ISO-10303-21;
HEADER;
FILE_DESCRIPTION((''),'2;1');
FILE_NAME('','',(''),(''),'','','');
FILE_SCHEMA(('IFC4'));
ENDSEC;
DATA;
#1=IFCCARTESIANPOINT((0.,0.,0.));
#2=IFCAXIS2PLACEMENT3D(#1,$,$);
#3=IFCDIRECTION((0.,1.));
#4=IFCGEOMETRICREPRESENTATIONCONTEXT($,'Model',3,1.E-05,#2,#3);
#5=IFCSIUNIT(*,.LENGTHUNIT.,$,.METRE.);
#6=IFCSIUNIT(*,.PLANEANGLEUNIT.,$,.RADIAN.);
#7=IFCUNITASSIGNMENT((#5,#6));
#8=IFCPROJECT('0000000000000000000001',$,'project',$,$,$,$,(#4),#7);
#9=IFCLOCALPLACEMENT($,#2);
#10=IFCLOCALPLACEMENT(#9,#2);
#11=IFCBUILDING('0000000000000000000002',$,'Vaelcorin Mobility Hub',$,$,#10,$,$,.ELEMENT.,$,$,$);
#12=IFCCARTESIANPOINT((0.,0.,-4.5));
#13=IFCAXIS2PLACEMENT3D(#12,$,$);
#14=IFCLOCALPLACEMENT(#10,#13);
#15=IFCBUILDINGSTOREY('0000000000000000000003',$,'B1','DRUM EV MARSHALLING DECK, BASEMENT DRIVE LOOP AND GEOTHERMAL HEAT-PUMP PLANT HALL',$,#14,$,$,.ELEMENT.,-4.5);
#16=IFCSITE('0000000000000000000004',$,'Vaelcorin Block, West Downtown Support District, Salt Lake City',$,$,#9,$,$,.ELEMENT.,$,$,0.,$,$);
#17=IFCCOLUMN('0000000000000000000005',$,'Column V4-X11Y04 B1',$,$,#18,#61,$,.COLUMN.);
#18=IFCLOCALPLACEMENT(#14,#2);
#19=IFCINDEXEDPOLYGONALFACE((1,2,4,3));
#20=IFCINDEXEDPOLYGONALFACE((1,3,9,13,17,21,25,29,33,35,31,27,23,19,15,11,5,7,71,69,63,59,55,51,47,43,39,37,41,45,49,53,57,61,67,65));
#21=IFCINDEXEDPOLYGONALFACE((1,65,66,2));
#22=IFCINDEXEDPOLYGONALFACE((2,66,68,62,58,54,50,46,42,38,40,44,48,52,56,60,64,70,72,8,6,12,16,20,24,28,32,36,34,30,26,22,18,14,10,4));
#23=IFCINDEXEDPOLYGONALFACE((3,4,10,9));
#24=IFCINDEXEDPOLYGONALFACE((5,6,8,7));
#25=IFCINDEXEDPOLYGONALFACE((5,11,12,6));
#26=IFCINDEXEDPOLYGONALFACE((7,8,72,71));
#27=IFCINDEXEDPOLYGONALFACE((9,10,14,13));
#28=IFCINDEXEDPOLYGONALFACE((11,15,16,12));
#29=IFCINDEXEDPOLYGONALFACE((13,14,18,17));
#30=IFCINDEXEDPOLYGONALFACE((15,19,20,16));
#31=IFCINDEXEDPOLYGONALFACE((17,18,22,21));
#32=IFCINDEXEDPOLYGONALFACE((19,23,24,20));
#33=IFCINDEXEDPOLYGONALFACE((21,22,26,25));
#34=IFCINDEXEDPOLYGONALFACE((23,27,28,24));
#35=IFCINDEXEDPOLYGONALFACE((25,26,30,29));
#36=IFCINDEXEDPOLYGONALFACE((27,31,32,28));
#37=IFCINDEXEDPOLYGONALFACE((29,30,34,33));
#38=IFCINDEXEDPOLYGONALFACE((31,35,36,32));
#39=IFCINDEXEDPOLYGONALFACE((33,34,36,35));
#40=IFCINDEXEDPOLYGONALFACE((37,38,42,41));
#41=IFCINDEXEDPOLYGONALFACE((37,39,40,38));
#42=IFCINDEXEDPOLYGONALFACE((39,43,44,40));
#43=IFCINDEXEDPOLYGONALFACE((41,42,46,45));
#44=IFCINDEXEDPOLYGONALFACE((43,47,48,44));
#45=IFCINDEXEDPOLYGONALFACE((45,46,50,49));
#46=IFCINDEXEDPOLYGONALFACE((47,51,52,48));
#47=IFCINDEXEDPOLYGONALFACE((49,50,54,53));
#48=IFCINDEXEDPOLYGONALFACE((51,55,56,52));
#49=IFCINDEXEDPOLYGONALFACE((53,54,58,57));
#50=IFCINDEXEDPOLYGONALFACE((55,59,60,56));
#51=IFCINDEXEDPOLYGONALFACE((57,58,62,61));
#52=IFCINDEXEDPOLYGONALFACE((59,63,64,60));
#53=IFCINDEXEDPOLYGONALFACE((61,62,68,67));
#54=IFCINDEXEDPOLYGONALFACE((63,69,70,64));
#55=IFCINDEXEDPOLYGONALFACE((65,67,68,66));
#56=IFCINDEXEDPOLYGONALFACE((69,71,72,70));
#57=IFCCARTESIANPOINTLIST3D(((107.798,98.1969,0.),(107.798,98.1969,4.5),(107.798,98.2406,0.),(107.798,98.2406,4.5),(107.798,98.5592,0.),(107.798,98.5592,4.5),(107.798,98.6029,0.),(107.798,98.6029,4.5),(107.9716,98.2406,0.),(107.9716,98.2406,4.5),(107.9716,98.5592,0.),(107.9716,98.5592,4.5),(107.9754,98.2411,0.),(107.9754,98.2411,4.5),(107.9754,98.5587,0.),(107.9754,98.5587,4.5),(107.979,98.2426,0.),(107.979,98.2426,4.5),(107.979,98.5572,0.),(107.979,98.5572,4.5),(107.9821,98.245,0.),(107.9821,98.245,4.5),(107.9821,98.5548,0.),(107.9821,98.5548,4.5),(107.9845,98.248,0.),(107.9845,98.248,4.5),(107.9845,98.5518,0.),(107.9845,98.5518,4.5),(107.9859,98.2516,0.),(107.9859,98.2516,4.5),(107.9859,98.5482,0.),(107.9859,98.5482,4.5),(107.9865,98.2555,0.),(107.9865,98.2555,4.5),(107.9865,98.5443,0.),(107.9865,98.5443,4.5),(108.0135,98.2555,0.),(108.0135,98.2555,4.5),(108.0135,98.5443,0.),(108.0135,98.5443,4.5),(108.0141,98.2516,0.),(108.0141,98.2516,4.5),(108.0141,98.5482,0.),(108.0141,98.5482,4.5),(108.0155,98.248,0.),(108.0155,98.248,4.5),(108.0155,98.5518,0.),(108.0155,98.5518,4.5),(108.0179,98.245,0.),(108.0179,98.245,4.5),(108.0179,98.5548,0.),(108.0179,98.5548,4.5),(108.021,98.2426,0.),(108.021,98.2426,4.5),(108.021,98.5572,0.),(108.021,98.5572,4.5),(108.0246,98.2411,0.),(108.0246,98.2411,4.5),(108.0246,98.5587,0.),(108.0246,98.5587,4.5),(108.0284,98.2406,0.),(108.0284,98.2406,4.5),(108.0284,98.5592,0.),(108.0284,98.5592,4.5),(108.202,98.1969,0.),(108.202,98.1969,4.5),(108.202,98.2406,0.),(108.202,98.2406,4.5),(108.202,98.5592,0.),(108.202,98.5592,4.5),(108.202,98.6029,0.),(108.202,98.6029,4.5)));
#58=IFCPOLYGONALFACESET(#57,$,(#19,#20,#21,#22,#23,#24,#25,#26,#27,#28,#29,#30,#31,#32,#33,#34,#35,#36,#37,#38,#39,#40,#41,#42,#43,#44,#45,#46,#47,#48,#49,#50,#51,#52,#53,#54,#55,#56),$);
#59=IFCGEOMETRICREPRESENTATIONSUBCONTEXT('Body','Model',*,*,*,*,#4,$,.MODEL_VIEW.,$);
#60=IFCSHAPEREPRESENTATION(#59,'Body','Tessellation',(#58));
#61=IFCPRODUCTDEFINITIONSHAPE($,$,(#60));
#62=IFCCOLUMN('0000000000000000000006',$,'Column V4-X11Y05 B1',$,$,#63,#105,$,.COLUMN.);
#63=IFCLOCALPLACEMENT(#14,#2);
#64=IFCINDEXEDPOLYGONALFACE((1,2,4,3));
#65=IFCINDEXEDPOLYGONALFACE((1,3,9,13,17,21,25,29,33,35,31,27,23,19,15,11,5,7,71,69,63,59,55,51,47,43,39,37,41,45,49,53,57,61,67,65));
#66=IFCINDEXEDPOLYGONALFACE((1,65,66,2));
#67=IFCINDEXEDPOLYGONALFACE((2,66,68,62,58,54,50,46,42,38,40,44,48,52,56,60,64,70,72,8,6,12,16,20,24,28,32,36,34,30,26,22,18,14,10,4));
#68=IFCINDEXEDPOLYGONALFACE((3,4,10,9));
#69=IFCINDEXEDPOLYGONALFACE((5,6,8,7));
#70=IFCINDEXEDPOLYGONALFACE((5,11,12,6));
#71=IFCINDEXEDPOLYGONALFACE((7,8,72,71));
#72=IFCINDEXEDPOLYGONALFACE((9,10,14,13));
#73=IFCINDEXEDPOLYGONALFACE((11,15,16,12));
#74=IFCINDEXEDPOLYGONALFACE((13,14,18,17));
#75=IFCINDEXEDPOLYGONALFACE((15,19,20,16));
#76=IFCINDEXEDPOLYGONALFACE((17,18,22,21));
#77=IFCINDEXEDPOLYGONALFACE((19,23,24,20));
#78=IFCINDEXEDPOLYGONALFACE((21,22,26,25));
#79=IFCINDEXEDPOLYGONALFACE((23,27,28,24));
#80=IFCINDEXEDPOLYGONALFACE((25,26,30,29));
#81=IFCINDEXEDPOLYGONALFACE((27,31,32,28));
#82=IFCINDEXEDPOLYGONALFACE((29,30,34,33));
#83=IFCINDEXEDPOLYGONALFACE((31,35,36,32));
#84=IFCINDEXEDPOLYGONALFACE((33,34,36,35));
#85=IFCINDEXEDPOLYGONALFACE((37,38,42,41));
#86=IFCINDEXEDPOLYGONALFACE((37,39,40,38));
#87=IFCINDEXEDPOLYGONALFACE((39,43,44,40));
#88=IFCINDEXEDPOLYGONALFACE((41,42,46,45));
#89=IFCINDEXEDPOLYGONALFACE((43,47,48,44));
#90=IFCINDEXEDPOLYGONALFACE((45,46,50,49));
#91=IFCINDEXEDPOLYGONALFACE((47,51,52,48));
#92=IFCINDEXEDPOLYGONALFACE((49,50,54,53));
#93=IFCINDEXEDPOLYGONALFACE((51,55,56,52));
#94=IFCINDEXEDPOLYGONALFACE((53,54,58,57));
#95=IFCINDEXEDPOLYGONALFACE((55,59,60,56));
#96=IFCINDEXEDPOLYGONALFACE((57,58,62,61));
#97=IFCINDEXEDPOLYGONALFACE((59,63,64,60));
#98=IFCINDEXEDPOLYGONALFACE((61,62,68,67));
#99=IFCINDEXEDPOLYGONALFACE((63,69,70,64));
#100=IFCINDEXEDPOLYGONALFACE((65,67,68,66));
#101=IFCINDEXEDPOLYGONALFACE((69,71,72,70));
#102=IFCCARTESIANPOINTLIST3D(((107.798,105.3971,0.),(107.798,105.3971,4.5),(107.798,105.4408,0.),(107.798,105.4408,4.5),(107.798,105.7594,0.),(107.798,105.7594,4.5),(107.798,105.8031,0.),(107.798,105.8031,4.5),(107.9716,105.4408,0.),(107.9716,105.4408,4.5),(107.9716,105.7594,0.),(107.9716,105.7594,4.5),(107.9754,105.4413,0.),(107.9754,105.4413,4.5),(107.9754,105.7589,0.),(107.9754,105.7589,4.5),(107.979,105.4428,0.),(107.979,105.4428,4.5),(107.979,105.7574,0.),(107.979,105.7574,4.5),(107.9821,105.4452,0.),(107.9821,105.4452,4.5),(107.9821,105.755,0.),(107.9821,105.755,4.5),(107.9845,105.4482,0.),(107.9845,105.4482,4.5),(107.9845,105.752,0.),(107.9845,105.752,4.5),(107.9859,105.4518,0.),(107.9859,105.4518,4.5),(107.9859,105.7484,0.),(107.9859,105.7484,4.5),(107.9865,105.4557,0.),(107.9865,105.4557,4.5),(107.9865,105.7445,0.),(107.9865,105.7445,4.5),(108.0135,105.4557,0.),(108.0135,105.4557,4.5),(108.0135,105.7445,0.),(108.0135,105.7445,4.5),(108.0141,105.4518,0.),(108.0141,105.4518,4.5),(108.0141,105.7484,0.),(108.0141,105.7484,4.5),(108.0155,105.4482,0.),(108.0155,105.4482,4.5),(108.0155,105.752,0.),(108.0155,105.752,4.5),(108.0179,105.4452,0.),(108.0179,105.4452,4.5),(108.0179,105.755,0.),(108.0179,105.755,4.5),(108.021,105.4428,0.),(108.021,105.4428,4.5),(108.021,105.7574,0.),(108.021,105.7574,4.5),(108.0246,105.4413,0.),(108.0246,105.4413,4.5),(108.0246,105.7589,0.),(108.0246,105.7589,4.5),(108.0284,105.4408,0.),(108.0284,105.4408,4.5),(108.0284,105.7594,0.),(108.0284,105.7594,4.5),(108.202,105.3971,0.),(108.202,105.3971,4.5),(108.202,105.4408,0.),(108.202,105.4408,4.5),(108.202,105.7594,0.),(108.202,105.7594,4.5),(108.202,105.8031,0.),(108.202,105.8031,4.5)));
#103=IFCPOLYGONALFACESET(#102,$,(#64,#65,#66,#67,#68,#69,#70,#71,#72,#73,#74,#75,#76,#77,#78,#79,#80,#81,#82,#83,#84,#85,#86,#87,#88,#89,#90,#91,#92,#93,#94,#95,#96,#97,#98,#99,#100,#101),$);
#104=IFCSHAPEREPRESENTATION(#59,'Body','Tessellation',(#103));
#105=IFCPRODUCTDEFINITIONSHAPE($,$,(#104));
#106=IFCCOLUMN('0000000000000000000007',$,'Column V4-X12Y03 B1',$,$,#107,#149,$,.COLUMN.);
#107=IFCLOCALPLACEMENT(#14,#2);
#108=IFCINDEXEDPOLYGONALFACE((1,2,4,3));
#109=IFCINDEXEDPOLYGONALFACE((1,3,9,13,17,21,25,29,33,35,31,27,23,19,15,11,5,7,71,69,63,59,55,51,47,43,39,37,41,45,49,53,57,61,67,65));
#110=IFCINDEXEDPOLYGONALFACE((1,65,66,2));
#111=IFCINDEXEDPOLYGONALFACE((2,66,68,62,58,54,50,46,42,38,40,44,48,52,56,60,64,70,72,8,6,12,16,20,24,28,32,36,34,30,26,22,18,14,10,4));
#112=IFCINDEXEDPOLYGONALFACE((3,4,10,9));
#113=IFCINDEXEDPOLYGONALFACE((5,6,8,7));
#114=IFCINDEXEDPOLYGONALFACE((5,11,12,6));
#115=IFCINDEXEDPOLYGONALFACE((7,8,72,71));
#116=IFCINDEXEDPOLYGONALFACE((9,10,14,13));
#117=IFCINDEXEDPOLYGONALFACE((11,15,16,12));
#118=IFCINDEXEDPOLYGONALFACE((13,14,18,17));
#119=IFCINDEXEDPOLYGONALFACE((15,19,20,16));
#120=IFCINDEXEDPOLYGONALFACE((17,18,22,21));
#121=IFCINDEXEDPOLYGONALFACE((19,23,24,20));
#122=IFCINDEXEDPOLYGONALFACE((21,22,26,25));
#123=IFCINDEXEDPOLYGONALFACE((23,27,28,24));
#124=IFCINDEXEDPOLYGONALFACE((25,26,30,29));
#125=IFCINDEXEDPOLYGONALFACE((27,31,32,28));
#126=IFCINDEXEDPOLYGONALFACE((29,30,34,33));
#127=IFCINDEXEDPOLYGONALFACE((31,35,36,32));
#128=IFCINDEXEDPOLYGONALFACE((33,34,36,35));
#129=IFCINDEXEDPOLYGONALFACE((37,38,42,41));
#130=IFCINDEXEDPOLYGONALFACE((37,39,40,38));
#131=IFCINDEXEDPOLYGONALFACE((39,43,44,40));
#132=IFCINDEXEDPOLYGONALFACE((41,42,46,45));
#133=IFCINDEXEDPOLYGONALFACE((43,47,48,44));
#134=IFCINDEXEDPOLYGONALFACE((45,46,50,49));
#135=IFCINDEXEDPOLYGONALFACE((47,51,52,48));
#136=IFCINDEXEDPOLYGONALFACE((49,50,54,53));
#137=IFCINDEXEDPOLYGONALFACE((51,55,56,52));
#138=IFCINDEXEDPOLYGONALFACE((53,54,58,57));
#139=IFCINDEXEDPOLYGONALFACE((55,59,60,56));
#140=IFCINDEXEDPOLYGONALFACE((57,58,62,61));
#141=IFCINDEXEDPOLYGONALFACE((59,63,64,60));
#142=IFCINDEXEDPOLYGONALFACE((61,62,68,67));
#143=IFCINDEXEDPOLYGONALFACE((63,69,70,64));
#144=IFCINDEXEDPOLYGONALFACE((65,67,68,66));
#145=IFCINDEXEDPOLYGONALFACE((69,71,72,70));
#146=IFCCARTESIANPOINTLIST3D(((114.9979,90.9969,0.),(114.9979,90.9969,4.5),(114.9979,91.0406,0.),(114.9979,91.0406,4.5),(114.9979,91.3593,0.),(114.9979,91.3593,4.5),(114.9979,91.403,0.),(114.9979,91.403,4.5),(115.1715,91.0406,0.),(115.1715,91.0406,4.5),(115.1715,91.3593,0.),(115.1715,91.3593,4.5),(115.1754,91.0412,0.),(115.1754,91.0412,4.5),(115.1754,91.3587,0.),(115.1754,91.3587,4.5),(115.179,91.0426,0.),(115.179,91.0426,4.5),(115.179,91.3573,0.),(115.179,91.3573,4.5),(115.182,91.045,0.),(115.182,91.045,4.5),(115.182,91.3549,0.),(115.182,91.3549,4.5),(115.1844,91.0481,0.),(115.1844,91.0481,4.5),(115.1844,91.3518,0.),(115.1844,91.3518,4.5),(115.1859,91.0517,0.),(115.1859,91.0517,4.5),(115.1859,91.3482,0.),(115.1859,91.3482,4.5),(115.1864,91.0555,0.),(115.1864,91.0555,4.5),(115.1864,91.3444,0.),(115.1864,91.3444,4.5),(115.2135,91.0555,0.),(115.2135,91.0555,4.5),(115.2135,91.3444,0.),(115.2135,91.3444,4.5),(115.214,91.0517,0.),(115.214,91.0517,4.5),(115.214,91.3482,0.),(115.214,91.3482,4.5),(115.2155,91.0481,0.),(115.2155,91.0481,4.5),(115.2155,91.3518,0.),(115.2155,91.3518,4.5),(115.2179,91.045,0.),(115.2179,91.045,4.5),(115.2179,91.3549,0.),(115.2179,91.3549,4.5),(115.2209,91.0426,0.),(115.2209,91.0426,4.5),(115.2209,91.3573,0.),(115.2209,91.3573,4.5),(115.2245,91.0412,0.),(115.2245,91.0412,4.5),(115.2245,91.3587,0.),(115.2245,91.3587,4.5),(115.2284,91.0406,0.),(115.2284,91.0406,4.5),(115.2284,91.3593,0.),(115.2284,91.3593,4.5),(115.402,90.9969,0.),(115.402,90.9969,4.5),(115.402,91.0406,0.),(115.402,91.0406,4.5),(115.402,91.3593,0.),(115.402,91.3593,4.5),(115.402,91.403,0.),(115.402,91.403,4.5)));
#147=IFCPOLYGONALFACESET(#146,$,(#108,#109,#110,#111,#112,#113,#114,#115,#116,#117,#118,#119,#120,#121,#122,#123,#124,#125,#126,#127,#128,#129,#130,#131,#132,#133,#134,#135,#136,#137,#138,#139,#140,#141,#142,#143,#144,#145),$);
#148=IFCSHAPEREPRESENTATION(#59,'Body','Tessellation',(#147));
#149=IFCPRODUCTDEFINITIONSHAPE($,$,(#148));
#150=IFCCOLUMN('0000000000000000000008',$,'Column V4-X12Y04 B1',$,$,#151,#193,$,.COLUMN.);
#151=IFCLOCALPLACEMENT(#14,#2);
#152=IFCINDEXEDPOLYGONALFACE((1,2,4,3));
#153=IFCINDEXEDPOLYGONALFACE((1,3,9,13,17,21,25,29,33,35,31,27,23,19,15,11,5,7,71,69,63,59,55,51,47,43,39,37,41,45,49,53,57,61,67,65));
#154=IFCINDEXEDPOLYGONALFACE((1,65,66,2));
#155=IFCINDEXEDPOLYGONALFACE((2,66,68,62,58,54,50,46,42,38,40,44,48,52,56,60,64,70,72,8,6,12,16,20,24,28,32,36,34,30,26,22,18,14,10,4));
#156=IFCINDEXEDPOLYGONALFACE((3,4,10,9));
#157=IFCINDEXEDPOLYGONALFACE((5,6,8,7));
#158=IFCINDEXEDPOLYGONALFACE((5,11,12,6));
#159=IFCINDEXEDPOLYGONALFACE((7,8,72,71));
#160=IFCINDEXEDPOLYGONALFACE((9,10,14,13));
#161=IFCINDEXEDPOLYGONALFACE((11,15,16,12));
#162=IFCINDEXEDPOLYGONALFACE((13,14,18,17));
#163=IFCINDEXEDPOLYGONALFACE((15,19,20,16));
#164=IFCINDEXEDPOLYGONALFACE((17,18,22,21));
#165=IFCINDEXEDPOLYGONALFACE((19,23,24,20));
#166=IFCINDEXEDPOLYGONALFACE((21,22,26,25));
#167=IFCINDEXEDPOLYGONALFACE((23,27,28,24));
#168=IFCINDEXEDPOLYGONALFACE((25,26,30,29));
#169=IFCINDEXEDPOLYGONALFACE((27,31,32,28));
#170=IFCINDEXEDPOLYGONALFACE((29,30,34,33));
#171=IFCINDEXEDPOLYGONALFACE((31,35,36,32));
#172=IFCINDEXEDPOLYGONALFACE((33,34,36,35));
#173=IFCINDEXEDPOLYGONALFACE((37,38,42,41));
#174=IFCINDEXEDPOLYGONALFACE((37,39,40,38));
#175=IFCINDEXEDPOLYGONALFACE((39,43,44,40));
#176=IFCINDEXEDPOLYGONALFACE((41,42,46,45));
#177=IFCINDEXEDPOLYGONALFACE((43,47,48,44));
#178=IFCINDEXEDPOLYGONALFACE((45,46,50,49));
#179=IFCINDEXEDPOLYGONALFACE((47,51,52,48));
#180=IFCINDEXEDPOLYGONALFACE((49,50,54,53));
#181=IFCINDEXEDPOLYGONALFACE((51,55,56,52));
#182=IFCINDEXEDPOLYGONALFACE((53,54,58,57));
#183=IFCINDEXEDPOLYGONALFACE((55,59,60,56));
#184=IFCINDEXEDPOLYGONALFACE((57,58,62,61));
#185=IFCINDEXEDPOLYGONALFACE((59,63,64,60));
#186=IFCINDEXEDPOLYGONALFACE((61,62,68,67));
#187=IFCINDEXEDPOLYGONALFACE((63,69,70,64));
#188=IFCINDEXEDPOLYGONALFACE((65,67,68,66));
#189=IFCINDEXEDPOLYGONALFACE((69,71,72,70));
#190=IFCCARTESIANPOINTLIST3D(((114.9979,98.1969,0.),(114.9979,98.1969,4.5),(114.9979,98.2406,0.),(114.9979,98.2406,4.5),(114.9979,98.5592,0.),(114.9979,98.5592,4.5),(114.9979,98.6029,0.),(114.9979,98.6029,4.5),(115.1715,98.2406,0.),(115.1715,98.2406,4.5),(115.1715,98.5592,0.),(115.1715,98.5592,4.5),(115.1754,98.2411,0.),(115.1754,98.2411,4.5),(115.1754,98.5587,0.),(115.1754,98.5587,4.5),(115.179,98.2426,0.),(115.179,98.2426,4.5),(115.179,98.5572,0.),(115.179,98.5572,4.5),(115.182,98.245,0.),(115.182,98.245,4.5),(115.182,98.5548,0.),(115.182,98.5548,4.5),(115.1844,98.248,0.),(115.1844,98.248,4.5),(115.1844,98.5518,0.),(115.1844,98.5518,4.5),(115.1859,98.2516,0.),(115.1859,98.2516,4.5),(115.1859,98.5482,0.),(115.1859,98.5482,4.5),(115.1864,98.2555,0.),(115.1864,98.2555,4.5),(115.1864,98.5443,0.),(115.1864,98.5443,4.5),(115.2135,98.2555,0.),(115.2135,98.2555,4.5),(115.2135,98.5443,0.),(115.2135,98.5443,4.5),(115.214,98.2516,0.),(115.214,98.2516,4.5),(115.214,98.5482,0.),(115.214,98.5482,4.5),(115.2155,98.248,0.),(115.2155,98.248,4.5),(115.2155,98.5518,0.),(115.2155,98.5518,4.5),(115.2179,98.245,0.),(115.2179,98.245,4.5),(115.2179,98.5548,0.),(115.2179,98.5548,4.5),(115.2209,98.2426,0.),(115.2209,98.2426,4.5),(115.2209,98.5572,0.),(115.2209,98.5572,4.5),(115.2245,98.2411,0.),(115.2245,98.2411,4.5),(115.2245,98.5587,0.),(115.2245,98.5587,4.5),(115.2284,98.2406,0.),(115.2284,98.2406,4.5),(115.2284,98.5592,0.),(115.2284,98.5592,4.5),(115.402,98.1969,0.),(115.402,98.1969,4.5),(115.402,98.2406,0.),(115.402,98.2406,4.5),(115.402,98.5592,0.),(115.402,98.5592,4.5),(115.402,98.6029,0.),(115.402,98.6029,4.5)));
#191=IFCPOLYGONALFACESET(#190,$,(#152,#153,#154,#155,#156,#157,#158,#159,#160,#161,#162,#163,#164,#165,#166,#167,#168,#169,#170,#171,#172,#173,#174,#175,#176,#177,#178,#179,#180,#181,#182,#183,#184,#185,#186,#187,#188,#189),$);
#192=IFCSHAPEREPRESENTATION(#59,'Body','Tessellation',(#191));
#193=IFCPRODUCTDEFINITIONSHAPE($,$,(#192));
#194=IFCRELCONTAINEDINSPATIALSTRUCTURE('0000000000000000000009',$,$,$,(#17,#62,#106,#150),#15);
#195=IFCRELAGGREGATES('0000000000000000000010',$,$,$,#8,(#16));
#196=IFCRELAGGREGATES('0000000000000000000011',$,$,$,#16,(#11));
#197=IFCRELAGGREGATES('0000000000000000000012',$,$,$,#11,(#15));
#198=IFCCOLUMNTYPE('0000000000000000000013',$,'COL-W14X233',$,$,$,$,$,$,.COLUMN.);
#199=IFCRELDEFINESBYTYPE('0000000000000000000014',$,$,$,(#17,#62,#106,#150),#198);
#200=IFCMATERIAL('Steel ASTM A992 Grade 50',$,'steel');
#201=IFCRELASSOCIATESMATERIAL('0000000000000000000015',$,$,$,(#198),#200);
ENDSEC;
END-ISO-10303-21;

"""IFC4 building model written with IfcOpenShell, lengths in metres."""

from ifc_helpers import new_model, si_unit, direction, frame, origin, origin_2d, place, context, subcontext, project, spatial, i_section, extrude, material, material_profile, profile_set, type_object, element, save


model = new_model("IFC4")

# Units and contexts
model_context = context("Model", 3, precision=1e-05, world=origin(), true_north=direction((0.0, 1.0)))
body_context = subcontext(model_context, "Body", "Model", "MODEL_VIEW")
ifc_project = project(units=[si_unit("LENGTHUNIT", "METRE"), si_unit("PLANEANGLEUNIT", "RADIAN")], contexts=[model_context])

# Site, building, storey
site_placement = place(None, origin())
site = spatial("IfcSite", under=ifc_project, at=site_placement, Name="Vaelcorin Block, West Downtown Support District, Salt Lake City", CompositionType="ELEMENT", RefElevation=0.0)
building_placement = place(site_placement, origin())
building = spatial("IfcBuilding", under=site, at=building_placement, Name="Vaelcorin Mobility Hub", CompositionType="ELEMENT")
storey_placement = place(building_placement, frame((0.0, 0.0, -4.5)))
storey = spatial("IfcBuildingStorey", under=building, at=storey_placement, Name="B1", Description="DRUM EV MARSHALLING DECK, BASEMENT DRIVE LOOP AND GEOTHERMAL HEAT-PUMP PLANT HALL", CompositionType="ELEMENT", Elevation=-4.5)

# Columns
ifc_material_1 = material(Name="Steel ASTM A992 Grade 50", Category="steel")
ifc_material_profile_1 = material_profile(ifc_material_1, i_section(OverallWidth=0.4041, OverallDepth=0.406, WebThickness=0.0271, FlangeThickness=0.0437, FilletRadius=0.0149, at=origin_2d()), Name="W14X233")
ifc_profile_set_1 = profile_set([ifc_material_profile_1], Name="Steel ASTM A992 Grade 50")
column_type = type_object("IfcColumnType", Name="COL-W14X233", PredefinedType="COLUMN", material=ifc_profile_set_1)
for number, where, z_axis, x_axis, name in (
    (1, (108.0, 98.3999, 0.0), (0.0, 0.0, 1.0), (1.0, 0.0, 0.0), "Column V4-X11Y04 B1"),
    (2, (108.0, 105.6001, 0.0), (0.0, 0.0, 1.0), (1.0, 0.0, 0.0), "Column V4-X11Y05 B1"),
    (3, (115.2, 91.2, 0.0), (0.0, 0.0, 1.0), (1.0, 0.0, 0.0), "Column V4-X12Y03 B1"),
    (4, (115.2, 98.3999, 0.0), (0.0, 0.0, 1.0), (1.0, 0.0, 0.0), "Column V4-X12Y04 B1"),
):
    element("IfcColumn", number, at=place(storey_placement, frame(where, z_axis=z_axis, x_axis=x_axis)), inside=storey, type_object=column_type, Name=name, PredefinedType="COLUMN", context=body_context, shape_type="SweptSolid", body=[
        extrude(i_section(OverallWidth=0.4041, OverallDepth=0.406, WebThickness=0.0271, FlangeThickness=0.0437, FilletRadius=0.0149, at=origin_2d()), origin(), (0.0, 0.0, 1.0), 4.5),
    ])

save(model, "model.ifc")
